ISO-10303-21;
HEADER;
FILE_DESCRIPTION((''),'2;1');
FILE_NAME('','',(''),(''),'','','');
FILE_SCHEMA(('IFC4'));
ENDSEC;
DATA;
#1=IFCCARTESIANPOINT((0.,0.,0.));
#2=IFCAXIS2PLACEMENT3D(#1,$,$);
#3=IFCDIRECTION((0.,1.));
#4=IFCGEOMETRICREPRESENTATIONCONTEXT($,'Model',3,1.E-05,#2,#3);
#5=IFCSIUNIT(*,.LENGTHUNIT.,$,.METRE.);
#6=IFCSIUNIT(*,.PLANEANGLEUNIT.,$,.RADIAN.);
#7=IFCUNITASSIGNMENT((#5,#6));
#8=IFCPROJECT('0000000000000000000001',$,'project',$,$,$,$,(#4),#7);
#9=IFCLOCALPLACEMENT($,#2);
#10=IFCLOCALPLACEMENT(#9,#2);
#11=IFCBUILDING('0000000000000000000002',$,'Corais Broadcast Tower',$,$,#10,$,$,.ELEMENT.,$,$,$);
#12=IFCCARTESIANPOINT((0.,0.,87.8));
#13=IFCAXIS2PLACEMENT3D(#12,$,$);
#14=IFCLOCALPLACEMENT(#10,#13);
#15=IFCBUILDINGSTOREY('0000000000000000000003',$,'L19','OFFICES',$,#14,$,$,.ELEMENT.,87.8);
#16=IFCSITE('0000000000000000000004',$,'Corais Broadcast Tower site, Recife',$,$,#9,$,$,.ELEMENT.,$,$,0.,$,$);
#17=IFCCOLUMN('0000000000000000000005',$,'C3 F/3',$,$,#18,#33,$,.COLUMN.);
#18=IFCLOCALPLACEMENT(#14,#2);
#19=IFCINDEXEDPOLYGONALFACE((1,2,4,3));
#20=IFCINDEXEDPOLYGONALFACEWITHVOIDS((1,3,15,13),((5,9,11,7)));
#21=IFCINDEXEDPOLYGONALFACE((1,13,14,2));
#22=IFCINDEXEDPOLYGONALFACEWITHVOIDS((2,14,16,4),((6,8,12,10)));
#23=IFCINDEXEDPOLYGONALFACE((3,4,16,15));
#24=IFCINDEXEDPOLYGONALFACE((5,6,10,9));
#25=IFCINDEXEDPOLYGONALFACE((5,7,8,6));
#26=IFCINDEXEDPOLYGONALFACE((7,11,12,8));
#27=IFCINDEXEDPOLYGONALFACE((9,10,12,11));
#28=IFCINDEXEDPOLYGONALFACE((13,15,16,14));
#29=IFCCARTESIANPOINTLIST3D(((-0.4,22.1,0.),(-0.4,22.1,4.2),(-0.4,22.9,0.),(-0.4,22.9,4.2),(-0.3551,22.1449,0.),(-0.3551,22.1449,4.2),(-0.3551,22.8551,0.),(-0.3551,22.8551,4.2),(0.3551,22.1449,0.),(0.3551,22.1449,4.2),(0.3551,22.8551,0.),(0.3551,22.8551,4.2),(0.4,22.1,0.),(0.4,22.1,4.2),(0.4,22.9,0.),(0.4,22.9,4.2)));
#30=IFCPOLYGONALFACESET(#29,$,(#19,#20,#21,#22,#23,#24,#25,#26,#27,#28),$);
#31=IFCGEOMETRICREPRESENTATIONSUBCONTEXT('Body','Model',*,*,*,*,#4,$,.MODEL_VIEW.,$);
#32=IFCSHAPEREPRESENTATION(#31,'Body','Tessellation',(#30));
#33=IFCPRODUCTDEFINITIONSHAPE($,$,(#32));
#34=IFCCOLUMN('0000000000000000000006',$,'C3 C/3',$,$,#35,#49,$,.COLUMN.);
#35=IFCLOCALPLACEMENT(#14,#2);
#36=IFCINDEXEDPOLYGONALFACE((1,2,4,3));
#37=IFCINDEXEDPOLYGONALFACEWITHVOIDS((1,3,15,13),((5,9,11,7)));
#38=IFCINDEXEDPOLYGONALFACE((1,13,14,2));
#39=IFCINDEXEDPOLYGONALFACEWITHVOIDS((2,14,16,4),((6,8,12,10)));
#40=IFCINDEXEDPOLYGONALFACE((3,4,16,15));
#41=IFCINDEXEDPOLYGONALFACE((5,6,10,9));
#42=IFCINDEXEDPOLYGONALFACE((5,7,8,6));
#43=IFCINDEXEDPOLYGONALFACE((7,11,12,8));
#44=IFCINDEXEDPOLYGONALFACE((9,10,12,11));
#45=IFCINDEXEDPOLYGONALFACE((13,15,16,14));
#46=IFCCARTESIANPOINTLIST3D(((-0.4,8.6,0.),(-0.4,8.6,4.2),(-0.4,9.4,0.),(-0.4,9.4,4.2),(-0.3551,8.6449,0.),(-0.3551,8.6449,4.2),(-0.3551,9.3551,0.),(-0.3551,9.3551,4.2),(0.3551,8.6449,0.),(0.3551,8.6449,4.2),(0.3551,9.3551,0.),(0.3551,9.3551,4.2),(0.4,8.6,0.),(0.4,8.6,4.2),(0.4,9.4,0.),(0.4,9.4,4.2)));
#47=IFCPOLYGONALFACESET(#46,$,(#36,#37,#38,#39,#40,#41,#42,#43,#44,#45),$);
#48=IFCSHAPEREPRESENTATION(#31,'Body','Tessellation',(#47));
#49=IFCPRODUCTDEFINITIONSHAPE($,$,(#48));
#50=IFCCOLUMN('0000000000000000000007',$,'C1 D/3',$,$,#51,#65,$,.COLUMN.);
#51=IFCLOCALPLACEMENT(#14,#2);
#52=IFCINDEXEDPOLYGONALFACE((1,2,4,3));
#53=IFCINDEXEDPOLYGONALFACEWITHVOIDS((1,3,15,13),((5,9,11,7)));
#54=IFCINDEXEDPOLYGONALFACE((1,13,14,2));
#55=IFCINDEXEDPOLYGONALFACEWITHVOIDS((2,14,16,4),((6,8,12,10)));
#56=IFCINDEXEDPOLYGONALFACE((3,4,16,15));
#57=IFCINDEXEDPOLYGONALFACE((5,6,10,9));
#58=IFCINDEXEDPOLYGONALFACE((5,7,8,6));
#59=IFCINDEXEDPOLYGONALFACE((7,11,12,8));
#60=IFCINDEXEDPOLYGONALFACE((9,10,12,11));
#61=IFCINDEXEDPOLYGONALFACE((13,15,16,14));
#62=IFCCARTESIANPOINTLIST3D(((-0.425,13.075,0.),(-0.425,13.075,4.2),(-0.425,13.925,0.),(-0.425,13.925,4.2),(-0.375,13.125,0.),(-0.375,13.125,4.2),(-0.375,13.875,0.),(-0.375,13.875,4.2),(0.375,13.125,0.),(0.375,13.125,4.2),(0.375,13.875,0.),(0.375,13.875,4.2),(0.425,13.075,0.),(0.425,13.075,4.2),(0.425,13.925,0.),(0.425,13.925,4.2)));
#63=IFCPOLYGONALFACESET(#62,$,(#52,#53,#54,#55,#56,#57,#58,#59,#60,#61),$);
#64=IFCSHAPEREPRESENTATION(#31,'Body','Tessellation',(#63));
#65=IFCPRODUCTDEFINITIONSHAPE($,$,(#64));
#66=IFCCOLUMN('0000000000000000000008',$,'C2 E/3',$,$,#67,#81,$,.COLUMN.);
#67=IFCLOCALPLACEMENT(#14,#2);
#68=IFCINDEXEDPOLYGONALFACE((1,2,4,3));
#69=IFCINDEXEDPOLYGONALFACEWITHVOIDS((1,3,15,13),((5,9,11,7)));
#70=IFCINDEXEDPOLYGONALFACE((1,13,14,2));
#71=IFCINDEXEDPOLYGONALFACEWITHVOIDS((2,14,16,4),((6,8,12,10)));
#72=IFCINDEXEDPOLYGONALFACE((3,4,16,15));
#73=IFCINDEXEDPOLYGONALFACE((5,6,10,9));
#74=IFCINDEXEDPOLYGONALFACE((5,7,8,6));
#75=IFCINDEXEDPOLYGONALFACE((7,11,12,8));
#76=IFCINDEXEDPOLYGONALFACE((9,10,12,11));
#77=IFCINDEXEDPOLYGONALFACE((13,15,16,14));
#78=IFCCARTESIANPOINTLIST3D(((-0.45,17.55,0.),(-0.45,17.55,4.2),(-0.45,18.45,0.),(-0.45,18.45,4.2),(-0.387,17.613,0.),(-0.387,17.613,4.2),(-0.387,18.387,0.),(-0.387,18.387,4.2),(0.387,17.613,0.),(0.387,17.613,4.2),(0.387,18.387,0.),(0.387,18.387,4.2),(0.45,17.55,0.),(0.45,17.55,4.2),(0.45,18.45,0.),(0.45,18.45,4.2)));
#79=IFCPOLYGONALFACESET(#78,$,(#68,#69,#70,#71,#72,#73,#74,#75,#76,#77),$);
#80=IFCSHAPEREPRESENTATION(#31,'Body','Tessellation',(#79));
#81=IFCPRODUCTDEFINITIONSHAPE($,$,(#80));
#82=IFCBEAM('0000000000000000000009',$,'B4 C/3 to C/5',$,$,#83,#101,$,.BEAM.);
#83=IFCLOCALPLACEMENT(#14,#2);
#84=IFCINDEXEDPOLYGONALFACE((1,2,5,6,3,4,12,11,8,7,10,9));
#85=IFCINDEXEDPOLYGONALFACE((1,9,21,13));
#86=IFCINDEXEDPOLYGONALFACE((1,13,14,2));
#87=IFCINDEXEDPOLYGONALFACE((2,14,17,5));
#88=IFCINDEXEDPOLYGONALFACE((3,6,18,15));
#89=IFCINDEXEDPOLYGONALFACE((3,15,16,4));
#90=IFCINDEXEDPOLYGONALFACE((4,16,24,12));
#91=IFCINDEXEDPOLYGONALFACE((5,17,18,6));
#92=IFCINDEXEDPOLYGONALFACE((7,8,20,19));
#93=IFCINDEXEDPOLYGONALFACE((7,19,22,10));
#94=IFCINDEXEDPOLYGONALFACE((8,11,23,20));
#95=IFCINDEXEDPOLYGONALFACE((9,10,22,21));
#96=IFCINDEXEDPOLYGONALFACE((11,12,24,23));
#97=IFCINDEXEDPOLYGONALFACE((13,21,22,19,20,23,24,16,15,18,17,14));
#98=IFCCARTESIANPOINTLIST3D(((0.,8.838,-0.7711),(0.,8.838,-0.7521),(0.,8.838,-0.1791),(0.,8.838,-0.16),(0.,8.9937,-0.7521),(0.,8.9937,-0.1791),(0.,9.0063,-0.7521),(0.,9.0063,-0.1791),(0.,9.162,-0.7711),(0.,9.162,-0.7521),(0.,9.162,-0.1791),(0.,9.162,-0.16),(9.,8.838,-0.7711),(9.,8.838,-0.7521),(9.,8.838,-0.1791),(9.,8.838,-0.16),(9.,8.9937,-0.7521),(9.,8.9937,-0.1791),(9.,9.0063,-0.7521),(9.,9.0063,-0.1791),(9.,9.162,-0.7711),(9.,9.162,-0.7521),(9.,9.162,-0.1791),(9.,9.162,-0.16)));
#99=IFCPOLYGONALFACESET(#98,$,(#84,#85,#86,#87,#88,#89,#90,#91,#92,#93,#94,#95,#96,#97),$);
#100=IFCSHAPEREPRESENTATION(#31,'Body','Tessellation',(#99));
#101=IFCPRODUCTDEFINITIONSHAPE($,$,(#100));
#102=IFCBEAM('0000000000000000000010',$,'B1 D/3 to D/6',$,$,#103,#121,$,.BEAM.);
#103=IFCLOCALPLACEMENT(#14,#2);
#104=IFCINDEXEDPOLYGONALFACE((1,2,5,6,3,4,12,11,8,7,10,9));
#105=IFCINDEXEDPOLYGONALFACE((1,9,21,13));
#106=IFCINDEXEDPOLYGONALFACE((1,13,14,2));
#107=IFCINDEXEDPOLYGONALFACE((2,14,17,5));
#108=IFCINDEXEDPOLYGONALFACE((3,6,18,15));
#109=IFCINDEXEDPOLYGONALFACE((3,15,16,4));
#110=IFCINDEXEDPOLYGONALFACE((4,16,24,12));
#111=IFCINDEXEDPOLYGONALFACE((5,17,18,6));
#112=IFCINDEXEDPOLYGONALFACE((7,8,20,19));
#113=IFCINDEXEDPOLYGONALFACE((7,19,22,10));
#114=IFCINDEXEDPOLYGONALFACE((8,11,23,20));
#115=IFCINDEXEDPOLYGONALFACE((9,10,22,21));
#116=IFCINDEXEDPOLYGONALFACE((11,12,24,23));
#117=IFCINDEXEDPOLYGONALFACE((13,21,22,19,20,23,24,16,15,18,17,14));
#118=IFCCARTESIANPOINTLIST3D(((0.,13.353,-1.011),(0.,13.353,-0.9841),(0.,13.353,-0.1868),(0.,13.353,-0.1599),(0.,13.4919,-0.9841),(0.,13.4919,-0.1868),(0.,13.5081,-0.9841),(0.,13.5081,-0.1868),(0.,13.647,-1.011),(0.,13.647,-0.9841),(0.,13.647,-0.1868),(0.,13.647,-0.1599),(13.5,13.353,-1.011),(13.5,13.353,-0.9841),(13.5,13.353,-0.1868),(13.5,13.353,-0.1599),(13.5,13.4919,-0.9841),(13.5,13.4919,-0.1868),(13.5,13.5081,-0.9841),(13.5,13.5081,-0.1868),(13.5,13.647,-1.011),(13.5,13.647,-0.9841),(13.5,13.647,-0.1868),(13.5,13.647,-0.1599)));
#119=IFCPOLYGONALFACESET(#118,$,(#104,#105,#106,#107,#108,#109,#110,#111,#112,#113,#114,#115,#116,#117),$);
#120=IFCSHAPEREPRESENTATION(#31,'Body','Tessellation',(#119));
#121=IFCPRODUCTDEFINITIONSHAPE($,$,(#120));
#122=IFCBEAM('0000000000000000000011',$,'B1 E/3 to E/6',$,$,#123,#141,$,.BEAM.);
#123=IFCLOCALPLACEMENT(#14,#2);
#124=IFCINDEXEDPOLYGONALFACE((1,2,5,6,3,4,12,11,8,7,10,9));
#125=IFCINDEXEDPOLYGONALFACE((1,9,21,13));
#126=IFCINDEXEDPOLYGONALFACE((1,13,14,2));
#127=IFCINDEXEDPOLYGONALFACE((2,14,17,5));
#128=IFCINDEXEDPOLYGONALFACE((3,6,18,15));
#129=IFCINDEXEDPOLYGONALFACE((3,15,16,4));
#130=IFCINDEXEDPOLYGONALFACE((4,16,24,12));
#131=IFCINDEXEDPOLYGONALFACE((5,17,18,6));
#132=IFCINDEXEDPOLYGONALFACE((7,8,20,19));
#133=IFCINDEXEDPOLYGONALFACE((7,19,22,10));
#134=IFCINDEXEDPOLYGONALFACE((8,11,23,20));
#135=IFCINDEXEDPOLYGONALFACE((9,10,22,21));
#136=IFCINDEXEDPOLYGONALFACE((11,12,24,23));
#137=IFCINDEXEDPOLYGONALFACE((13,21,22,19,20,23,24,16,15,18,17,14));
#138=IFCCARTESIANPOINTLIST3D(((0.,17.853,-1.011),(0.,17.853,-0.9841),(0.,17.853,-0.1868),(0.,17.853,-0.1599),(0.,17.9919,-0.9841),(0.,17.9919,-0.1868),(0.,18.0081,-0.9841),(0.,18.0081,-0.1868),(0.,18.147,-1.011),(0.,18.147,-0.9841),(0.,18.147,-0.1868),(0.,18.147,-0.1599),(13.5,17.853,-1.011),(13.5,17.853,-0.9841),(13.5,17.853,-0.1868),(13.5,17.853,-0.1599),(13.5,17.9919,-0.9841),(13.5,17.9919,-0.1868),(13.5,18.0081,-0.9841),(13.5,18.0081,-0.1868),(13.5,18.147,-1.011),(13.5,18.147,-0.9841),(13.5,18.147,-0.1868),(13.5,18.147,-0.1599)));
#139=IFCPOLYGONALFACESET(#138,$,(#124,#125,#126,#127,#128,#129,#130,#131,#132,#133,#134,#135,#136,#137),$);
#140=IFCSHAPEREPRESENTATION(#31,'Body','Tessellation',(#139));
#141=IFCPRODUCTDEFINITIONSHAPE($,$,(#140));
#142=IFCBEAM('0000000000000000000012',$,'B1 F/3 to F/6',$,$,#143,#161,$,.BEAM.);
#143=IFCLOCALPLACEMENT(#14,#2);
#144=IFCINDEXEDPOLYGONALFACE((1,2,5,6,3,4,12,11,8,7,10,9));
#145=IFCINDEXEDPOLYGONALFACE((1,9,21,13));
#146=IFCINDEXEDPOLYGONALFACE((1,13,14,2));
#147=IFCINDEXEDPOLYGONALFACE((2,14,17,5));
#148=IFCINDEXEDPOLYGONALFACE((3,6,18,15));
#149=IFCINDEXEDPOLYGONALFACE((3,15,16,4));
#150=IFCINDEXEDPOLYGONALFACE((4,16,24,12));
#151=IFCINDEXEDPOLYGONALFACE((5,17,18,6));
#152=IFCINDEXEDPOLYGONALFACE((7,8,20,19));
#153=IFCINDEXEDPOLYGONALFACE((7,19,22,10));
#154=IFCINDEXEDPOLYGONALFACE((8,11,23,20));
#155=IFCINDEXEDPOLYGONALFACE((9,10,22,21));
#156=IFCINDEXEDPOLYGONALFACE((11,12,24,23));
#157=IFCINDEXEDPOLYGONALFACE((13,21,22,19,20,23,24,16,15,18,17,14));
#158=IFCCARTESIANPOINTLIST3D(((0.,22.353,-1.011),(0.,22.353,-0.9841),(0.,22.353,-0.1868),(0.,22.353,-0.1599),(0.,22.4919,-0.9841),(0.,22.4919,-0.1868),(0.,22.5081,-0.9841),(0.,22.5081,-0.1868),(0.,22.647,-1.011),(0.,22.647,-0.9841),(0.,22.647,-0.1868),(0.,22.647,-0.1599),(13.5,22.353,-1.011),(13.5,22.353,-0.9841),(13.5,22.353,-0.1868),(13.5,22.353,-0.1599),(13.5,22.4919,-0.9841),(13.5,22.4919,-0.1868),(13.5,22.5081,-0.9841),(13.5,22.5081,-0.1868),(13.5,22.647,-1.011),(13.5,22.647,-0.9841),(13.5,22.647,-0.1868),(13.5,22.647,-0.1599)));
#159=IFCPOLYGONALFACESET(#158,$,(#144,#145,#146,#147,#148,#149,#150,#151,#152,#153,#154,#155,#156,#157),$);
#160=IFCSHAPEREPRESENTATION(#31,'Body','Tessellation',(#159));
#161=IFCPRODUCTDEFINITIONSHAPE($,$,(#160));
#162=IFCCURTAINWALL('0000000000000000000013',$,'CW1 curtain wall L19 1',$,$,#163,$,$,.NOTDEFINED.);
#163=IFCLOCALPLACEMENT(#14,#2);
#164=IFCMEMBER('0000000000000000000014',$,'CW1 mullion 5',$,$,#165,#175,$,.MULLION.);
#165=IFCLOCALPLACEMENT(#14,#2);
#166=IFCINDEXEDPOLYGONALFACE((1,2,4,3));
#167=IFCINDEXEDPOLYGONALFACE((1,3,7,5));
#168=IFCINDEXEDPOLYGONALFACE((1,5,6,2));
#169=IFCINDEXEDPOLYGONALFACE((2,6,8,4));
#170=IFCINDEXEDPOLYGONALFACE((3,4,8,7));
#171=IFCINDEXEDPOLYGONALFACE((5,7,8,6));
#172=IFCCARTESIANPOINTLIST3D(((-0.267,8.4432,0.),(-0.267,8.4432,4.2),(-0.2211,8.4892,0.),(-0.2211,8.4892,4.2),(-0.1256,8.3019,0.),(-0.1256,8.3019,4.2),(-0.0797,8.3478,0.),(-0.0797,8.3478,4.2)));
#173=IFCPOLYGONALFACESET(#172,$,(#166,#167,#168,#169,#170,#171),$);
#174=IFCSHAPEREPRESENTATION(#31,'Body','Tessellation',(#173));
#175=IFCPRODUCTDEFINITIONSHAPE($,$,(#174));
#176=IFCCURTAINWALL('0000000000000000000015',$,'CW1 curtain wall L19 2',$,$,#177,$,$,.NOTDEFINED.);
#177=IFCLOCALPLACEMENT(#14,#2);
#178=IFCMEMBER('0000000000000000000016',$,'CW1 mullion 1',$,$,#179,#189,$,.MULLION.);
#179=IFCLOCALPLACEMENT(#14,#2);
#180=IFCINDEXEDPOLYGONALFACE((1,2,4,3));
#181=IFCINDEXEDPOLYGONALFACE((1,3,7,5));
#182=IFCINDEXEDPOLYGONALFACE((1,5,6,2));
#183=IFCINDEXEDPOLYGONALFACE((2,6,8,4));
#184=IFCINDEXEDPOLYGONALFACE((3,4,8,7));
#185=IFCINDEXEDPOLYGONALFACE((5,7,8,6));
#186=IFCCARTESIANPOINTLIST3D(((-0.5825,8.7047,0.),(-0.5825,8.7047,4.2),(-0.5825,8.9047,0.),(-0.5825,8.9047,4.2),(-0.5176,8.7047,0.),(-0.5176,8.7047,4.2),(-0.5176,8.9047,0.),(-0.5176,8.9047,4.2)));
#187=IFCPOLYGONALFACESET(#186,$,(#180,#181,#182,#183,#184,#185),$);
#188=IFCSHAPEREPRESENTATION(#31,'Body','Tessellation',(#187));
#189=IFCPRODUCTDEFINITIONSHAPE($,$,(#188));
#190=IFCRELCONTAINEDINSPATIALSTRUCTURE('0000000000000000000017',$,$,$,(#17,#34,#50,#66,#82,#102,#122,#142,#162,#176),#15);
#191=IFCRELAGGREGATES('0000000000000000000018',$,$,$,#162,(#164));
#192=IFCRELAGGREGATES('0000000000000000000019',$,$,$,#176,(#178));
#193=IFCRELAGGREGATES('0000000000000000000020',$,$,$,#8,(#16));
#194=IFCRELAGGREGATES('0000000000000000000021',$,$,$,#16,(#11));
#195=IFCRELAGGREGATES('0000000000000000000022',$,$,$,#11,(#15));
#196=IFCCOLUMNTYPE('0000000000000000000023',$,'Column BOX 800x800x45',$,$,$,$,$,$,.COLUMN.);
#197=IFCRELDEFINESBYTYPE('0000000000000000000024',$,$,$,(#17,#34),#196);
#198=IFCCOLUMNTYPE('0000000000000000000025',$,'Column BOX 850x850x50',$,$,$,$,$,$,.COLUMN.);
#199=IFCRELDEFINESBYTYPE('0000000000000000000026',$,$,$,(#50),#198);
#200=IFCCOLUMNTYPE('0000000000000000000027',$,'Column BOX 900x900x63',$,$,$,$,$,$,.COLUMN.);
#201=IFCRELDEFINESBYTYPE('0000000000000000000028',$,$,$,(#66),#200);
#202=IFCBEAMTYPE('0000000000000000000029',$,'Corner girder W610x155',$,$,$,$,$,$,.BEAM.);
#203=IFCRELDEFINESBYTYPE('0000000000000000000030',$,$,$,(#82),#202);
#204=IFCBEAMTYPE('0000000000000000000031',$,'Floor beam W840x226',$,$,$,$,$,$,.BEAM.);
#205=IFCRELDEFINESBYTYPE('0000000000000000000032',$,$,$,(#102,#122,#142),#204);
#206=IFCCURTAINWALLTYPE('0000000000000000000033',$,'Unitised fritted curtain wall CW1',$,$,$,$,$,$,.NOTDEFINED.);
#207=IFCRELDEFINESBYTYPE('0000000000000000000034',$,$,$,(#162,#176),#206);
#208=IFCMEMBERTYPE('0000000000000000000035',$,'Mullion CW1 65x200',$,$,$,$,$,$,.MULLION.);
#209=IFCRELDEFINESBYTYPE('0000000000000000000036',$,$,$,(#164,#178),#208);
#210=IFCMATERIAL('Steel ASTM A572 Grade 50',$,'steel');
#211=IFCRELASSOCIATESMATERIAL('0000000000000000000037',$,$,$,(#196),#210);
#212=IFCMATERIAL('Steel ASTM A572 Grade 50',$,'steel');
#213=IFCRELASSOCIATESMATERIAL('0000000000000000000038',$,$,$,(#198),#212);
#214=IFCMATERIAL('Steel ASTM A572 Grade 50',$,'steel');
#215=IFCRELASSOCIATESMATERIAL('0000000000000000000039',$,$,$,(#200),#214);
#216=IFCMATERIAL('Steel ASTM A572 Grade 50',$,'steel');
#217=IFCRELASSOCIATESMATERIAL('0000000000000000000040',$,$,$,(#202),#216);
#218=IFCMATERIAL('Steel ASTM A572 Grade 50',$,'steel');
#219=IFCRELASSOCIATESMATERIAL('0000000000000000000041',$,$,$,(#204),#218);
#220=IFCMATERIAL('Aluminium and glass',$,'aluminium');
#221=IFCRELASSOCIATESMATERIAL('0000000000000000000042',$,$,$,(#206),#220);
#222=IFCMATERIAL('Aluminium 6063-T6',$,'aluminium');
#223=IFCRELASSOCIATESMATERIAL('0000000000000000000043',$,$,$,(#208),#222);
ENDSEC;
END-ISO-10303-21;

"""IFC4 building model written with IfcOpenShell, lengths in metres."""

from ifc_helpers import new_model, si_unit, direction, frame, origin, origin_2d, place, context, subcontext, project, spatial, rectangle, hollow_rectangle, i_section, extrude, material, material_profile, profile_set, type_object, element, aggregate, save


model = new_model("IFC4")

# Units and contexts
model_context = context("Model", 3, precision=1e-05, world=origin(), true_north=direction((0.0, 1.0)))
body_context = subcontext(model_context, "Body", "Model", "MODEL_VIEW")
ifc_project = project(units=[si_unit("LENGTHUNIT", "METRE"), si_unit("PLANEANGLEUNIT", "RADIAN")], contexts=[model_context])

# Site, building, storey
site_placement = place(None, origin())
site = spatial("IfcSite", under=ifc_project, at=site_placement, Name="Corais Broadcast Tower site, Recife", CompositionType="ELEMENT", RefElevation=0.0)
building_placement = place(site_placement, origin())
building = spatial("IfcBuilding", under=site, at=building_placement, Name="Corais Broadcast Tower", CompositionType="ELEMENT")
storey_placement = place(building_placement, frame((0.0, 0.0, 87.8)))
storey = spatial("IfcBuildingStorey", under=building, at=storey_placement, Name="L19", Description="OFFICES", CompositionType="ELEMENT", Elevation=87.8)

# Columns
ifc_material_1 = material(Name="Steel ASTM A572 Grade 50", Category="steel")
ifc_material_profile_1 = material_profile(ifc_material_1, hollow_rectangle(XDim=0.8, YDim=0.8, WallThickness=0.0449, at=origin_2d()), Name="BOX 800x800x45")
ifc_profile_set_1 = profile_set([ifc_material_profile_1], Name="Steel ASTM A572 Grade 50")
column_type_1 = type_object("IfcColumnType", Name="Column BOX 800x800x45", PredefinedType="COLUMN", material=ifc_profile_set_1)
for number, where, z_axis, x_axis, name in (
    (1, (0.0, 22.5, 0.0), (0.0, 0.0, 1.0), (1.0, 0.0, 0.0), "C3 F/3"),
    (2, (0.0, 9.0, 0.0), (0.0, 0.0, 1.0), (1.0, 0.0, 0.0), "C3 C/3"),
):
    element("IfcColumn", number, at=place(storey_placement, frame(where, z_axis=z_axis, x_axis=x_axis)), inside=storey, type_object=column_type_1, Name=name, PredefinedType="COLUMN", context=body_context, shape_type="SweptSolid", body=[
        extrude(hollow_rectangle(XDim=0.8, YDim=0.8, WallThickness=0.0449, at=origin_2d()), origin(), (0.0, 0.0, 1.0), 4.2),
    ])
ifc_material_2 = material(Name="Steel ASTM A572 Grade 50", Category="steel")
ifc_material_profile_2 = material_profile(ifc_material_2, hollow_rectangle(XDim=0.8501, YDim=0.8501, WallThickness=0.05, at=origin_2d()), Name="BOX 850x850x50")
ifc_profile_set_2 = profile_set([ifc_material_profile_2], Name="Steel ASTM A572 Grade 50")
column_type_2 = type_object("IfcColumnType", Name="Column BOX 850x850x50", PredefinedType="COLUMN", material=ifc_profile_set_2)
column_1_placement = place(storey_placement, frame((0.0, 13.5, 0.0), z_axis=(0.0, 0.0, 1.0), x_axis=(1.0, 0.0, 0.0)))
element("IfcColumn", 3, at=column_1_placement, inside=storey, type_object=column_type_2, Name="C1 D/3", PredefinedType="COLUMN", context=body_context, shape_type="SweptSolid", body=[
    extrude(hollow_rectangle(XDim=0.8501, YDim=0.8501, WallThickness=0.05, at=origin_2d()), origin(), (0.0, 0.0, 1.0), 4.2),
])
ifc_material_3 = material(Name="Steel ASTM A572 Grade 50", Category="steel")
ifc_material_profile_3 = material_profile(ifc_material_3, hollow_rectangle(XDim=0.8999, YDim=0.8999, WallThickness=0.063, at=origin_2d()), Name="BOX 900x900x63")
ifc_profile_set_3 = profile_set([ifc_material_profile_3], Name="Steel ASTM A572 Grade 50")
column_type_3 = type_object("IfcColumnType", Name="Column BOX 900x900x63", PredefinedType="COLUMN", material=ifc_profile_set_3)
column_2_placement = place(storey_placement, frame((0.0, 18.0, 0.0), z_axis=(0.0, 0.0, 1.0), x_axis=(1.0, 0.0, 0.0)))
element("IfcColumn", 4, at=column_2_placement, inside=storey, type_object=column_type_3, Name="C2 E/3", PredefinedType="COLUMN", context=body_context, shape_type="SweptSolid", body=[
    extrude(hollow_rectangle(XDim=0.8999, YDim=0.8999, WallThickness=0.063, at=origin_2d()), origin(), (0.0, 0.0, 1.0), 4.2),
])

# Beams
ifc_material_4 = material(Name="Steel ASTM A572 Grade 50", Category="steel")
ifc_material_profile_4 = material_profile(ifc_material_4, i_section(OverallWidth=0.324, OverallDepth=0.6111, WebThickness=0.0127, FlangeThickness=0.019, at=origin_2d()), Name="W610x155")
ifc_profile_set_4 = profile_set([ifc_material_profile_4], Name="Steel ASTM A572 Grade 50")
beam_type_1 = type_object("IfcBeamType", Name="Corner girder W610x155", PredefinedType="BEAM", material=ifc_profile_set_4)
beam_1_placement = place(storey_placement, frame((0.0, 9.0, -0.4656), z_axis=(1.0, 0.0, 0.0), x_axis=(0.0, 1.0, 0.0)))
element("IfcBeam", 5, at=beam_1_placement, inside=storey, type_object=beam_type_1, Name="B4 C/3 to C/5", PredefinedType="BEAM", context=body_context, shape_type="SweptSolid", body=[
    extrude(i_section(OverallWidth=0.324, OverallDepth=0.6111, WebThickness=0.0127, FlangeThickness=0.019, at=origin_2d()), origin(), (0.0, 0.0, 1.0), 9.0),
])
ifc_material_5 = material(Name="Steel ASTM A572 Grade 50", Category="steel")
ifc_material_profile_5 = material_profile(ifc_material_5, i_section(OverallWidth=0.2939, OverallDepth=0.8511, WebThickness=0.0161, FlangeThickness=0.0269, at=origin_2d()), Name="W840x226")
ifc_profile_set_5 = profile_set([ifc_material_profile_5], Name="Steel ASTM A572 Grade 50")
beam_type_2 = type_object("IfcBeamType", Name="Floor beam W840x226", PredefinedType="BEAM", material=ifc_profile_set_5)
for number, where, z_axis, x_axis, name in (
    (6, (0.0, 13.5, -0.5854), (1.0, 0.0, 0.0), (0.0, 1.0, 0.0), "B1 D/3 to D/6"),
    (7, (0.0, 18.0, -0.5854), (1.0, 0.0, 0.0), (0.0, 1.0, 0.0), "B1 E/3 to E/6"),
    (8, (0.0, 22.5, -0.5854), (1.0, 0.0, 0.0), (0.0, 1.0, 0.0), "B1 F/3 to F/6"),
):
    element("IfcBeam", number, at=place(storey_placement, frame(where, z_axis=z_axis, x_axis=x_axis)), inside=storey, type_object=beam_type_2, Name=name, PredefinedType="BEAM", context=body_context, shape_type="SweptSolid", body=[
        extrude(i_section(OverallWidth=0.2939, OverallDepth=0.8511, WebThickness=0.0161, FlangeThickness=0.0269, at=origin_2d()), origin(), (0.0, 0.0, 1.0), 13.5),
    ])

# Curtain wall, member
ifc_material_6 = material(Name="Aluminium and glass", Category="aluminium")
curtain_wall_type = type_object("IfcCurtainWallType", Name="Unitised fritted curtain wall CW1", PredefinedType="NOTDEFINED", material=ifc_material_6)
curtain_wall_1_placement = place(storey_placement, origin())
curtain_wall_1 = element("IfcCurtainWall", 9, at=curtain_wall_1_placement, inside=storey, type_object=curtain_wall_type, Name="CW1 curtain wall L19 1", PredefinedType="NOTDEFINED")
ifc_material_7 = material(Name="Aluminium 6063-T6", Category="aluminium")
ifc_material_profile_6 = material_profile(ifc_material_7, rectangle(XDim=0.0649, YDim=0.2, at=origin_2d()), Name="Mullion CW1 65x200")
ifc_profile_set_6 = profile_set([ifc_material_profile_6], Name="Aluminium 6063-T6")
member_type_1 = type_object("IfcMemberType", Name="Mullion CW1 65x200", PredefinedType="MULLION", material=ifc_profile_set_6)
member_1_placement = place(storey_placement, frame((-0.1733, 8.3955, 0.0), z_axis=(0.0, 0.0, 1.0), x_axis=(-0.707107, -0.707107, 0.0)))
member_1 = element("IfcMember", 10, at=member_1_placement, type_object=member_type_1, Name="CW1 mullion 5", PredefinedType="MULLION", context=body_context, shape_type="SweptSolid", body=[
    extrude(rectangle(XDim=0.0649, YDim=0.2, at=origin_2d()), origin(), (0.0, 0.0, 1.0), 4.2),
])
aggregate(curtain_wall_1, [member_1])

# Curtain wall, member
curtain_wall_2_placement = place(storey_placement, origin())
curtain_wall_2 = element("IfcCurtainWall", 11, at=curtain_wall_2_placement, inside=storey, type_object=curtain_wall_type, Name="CW1 curtain wall L19 2", PredefinedType="NOTDEFINED")
member_2_placement = place(storey_placement, frame((-0.55, 8.8047, 0.0), z_axis=(0.0, 0.0, 1.0), x_axis=(-1.0, 0.0, 0.0)))
member_2 = element("IfcMember", 12, at=member_2_placement, type_object=member_type_1, Name="CW1 mullion 1", PredefinedType="MULLION", context=body_context, shape_type="SweptSolid", body=[
    extrude(rectangle(XDim=0.0649, YDim=0.2, at=origin_2d()), origin(), (0.0, 0.0, 1.0), 4.2),
])

aggregate(curtain_wall_2, [member_2])

save(model, "model.ifc")
